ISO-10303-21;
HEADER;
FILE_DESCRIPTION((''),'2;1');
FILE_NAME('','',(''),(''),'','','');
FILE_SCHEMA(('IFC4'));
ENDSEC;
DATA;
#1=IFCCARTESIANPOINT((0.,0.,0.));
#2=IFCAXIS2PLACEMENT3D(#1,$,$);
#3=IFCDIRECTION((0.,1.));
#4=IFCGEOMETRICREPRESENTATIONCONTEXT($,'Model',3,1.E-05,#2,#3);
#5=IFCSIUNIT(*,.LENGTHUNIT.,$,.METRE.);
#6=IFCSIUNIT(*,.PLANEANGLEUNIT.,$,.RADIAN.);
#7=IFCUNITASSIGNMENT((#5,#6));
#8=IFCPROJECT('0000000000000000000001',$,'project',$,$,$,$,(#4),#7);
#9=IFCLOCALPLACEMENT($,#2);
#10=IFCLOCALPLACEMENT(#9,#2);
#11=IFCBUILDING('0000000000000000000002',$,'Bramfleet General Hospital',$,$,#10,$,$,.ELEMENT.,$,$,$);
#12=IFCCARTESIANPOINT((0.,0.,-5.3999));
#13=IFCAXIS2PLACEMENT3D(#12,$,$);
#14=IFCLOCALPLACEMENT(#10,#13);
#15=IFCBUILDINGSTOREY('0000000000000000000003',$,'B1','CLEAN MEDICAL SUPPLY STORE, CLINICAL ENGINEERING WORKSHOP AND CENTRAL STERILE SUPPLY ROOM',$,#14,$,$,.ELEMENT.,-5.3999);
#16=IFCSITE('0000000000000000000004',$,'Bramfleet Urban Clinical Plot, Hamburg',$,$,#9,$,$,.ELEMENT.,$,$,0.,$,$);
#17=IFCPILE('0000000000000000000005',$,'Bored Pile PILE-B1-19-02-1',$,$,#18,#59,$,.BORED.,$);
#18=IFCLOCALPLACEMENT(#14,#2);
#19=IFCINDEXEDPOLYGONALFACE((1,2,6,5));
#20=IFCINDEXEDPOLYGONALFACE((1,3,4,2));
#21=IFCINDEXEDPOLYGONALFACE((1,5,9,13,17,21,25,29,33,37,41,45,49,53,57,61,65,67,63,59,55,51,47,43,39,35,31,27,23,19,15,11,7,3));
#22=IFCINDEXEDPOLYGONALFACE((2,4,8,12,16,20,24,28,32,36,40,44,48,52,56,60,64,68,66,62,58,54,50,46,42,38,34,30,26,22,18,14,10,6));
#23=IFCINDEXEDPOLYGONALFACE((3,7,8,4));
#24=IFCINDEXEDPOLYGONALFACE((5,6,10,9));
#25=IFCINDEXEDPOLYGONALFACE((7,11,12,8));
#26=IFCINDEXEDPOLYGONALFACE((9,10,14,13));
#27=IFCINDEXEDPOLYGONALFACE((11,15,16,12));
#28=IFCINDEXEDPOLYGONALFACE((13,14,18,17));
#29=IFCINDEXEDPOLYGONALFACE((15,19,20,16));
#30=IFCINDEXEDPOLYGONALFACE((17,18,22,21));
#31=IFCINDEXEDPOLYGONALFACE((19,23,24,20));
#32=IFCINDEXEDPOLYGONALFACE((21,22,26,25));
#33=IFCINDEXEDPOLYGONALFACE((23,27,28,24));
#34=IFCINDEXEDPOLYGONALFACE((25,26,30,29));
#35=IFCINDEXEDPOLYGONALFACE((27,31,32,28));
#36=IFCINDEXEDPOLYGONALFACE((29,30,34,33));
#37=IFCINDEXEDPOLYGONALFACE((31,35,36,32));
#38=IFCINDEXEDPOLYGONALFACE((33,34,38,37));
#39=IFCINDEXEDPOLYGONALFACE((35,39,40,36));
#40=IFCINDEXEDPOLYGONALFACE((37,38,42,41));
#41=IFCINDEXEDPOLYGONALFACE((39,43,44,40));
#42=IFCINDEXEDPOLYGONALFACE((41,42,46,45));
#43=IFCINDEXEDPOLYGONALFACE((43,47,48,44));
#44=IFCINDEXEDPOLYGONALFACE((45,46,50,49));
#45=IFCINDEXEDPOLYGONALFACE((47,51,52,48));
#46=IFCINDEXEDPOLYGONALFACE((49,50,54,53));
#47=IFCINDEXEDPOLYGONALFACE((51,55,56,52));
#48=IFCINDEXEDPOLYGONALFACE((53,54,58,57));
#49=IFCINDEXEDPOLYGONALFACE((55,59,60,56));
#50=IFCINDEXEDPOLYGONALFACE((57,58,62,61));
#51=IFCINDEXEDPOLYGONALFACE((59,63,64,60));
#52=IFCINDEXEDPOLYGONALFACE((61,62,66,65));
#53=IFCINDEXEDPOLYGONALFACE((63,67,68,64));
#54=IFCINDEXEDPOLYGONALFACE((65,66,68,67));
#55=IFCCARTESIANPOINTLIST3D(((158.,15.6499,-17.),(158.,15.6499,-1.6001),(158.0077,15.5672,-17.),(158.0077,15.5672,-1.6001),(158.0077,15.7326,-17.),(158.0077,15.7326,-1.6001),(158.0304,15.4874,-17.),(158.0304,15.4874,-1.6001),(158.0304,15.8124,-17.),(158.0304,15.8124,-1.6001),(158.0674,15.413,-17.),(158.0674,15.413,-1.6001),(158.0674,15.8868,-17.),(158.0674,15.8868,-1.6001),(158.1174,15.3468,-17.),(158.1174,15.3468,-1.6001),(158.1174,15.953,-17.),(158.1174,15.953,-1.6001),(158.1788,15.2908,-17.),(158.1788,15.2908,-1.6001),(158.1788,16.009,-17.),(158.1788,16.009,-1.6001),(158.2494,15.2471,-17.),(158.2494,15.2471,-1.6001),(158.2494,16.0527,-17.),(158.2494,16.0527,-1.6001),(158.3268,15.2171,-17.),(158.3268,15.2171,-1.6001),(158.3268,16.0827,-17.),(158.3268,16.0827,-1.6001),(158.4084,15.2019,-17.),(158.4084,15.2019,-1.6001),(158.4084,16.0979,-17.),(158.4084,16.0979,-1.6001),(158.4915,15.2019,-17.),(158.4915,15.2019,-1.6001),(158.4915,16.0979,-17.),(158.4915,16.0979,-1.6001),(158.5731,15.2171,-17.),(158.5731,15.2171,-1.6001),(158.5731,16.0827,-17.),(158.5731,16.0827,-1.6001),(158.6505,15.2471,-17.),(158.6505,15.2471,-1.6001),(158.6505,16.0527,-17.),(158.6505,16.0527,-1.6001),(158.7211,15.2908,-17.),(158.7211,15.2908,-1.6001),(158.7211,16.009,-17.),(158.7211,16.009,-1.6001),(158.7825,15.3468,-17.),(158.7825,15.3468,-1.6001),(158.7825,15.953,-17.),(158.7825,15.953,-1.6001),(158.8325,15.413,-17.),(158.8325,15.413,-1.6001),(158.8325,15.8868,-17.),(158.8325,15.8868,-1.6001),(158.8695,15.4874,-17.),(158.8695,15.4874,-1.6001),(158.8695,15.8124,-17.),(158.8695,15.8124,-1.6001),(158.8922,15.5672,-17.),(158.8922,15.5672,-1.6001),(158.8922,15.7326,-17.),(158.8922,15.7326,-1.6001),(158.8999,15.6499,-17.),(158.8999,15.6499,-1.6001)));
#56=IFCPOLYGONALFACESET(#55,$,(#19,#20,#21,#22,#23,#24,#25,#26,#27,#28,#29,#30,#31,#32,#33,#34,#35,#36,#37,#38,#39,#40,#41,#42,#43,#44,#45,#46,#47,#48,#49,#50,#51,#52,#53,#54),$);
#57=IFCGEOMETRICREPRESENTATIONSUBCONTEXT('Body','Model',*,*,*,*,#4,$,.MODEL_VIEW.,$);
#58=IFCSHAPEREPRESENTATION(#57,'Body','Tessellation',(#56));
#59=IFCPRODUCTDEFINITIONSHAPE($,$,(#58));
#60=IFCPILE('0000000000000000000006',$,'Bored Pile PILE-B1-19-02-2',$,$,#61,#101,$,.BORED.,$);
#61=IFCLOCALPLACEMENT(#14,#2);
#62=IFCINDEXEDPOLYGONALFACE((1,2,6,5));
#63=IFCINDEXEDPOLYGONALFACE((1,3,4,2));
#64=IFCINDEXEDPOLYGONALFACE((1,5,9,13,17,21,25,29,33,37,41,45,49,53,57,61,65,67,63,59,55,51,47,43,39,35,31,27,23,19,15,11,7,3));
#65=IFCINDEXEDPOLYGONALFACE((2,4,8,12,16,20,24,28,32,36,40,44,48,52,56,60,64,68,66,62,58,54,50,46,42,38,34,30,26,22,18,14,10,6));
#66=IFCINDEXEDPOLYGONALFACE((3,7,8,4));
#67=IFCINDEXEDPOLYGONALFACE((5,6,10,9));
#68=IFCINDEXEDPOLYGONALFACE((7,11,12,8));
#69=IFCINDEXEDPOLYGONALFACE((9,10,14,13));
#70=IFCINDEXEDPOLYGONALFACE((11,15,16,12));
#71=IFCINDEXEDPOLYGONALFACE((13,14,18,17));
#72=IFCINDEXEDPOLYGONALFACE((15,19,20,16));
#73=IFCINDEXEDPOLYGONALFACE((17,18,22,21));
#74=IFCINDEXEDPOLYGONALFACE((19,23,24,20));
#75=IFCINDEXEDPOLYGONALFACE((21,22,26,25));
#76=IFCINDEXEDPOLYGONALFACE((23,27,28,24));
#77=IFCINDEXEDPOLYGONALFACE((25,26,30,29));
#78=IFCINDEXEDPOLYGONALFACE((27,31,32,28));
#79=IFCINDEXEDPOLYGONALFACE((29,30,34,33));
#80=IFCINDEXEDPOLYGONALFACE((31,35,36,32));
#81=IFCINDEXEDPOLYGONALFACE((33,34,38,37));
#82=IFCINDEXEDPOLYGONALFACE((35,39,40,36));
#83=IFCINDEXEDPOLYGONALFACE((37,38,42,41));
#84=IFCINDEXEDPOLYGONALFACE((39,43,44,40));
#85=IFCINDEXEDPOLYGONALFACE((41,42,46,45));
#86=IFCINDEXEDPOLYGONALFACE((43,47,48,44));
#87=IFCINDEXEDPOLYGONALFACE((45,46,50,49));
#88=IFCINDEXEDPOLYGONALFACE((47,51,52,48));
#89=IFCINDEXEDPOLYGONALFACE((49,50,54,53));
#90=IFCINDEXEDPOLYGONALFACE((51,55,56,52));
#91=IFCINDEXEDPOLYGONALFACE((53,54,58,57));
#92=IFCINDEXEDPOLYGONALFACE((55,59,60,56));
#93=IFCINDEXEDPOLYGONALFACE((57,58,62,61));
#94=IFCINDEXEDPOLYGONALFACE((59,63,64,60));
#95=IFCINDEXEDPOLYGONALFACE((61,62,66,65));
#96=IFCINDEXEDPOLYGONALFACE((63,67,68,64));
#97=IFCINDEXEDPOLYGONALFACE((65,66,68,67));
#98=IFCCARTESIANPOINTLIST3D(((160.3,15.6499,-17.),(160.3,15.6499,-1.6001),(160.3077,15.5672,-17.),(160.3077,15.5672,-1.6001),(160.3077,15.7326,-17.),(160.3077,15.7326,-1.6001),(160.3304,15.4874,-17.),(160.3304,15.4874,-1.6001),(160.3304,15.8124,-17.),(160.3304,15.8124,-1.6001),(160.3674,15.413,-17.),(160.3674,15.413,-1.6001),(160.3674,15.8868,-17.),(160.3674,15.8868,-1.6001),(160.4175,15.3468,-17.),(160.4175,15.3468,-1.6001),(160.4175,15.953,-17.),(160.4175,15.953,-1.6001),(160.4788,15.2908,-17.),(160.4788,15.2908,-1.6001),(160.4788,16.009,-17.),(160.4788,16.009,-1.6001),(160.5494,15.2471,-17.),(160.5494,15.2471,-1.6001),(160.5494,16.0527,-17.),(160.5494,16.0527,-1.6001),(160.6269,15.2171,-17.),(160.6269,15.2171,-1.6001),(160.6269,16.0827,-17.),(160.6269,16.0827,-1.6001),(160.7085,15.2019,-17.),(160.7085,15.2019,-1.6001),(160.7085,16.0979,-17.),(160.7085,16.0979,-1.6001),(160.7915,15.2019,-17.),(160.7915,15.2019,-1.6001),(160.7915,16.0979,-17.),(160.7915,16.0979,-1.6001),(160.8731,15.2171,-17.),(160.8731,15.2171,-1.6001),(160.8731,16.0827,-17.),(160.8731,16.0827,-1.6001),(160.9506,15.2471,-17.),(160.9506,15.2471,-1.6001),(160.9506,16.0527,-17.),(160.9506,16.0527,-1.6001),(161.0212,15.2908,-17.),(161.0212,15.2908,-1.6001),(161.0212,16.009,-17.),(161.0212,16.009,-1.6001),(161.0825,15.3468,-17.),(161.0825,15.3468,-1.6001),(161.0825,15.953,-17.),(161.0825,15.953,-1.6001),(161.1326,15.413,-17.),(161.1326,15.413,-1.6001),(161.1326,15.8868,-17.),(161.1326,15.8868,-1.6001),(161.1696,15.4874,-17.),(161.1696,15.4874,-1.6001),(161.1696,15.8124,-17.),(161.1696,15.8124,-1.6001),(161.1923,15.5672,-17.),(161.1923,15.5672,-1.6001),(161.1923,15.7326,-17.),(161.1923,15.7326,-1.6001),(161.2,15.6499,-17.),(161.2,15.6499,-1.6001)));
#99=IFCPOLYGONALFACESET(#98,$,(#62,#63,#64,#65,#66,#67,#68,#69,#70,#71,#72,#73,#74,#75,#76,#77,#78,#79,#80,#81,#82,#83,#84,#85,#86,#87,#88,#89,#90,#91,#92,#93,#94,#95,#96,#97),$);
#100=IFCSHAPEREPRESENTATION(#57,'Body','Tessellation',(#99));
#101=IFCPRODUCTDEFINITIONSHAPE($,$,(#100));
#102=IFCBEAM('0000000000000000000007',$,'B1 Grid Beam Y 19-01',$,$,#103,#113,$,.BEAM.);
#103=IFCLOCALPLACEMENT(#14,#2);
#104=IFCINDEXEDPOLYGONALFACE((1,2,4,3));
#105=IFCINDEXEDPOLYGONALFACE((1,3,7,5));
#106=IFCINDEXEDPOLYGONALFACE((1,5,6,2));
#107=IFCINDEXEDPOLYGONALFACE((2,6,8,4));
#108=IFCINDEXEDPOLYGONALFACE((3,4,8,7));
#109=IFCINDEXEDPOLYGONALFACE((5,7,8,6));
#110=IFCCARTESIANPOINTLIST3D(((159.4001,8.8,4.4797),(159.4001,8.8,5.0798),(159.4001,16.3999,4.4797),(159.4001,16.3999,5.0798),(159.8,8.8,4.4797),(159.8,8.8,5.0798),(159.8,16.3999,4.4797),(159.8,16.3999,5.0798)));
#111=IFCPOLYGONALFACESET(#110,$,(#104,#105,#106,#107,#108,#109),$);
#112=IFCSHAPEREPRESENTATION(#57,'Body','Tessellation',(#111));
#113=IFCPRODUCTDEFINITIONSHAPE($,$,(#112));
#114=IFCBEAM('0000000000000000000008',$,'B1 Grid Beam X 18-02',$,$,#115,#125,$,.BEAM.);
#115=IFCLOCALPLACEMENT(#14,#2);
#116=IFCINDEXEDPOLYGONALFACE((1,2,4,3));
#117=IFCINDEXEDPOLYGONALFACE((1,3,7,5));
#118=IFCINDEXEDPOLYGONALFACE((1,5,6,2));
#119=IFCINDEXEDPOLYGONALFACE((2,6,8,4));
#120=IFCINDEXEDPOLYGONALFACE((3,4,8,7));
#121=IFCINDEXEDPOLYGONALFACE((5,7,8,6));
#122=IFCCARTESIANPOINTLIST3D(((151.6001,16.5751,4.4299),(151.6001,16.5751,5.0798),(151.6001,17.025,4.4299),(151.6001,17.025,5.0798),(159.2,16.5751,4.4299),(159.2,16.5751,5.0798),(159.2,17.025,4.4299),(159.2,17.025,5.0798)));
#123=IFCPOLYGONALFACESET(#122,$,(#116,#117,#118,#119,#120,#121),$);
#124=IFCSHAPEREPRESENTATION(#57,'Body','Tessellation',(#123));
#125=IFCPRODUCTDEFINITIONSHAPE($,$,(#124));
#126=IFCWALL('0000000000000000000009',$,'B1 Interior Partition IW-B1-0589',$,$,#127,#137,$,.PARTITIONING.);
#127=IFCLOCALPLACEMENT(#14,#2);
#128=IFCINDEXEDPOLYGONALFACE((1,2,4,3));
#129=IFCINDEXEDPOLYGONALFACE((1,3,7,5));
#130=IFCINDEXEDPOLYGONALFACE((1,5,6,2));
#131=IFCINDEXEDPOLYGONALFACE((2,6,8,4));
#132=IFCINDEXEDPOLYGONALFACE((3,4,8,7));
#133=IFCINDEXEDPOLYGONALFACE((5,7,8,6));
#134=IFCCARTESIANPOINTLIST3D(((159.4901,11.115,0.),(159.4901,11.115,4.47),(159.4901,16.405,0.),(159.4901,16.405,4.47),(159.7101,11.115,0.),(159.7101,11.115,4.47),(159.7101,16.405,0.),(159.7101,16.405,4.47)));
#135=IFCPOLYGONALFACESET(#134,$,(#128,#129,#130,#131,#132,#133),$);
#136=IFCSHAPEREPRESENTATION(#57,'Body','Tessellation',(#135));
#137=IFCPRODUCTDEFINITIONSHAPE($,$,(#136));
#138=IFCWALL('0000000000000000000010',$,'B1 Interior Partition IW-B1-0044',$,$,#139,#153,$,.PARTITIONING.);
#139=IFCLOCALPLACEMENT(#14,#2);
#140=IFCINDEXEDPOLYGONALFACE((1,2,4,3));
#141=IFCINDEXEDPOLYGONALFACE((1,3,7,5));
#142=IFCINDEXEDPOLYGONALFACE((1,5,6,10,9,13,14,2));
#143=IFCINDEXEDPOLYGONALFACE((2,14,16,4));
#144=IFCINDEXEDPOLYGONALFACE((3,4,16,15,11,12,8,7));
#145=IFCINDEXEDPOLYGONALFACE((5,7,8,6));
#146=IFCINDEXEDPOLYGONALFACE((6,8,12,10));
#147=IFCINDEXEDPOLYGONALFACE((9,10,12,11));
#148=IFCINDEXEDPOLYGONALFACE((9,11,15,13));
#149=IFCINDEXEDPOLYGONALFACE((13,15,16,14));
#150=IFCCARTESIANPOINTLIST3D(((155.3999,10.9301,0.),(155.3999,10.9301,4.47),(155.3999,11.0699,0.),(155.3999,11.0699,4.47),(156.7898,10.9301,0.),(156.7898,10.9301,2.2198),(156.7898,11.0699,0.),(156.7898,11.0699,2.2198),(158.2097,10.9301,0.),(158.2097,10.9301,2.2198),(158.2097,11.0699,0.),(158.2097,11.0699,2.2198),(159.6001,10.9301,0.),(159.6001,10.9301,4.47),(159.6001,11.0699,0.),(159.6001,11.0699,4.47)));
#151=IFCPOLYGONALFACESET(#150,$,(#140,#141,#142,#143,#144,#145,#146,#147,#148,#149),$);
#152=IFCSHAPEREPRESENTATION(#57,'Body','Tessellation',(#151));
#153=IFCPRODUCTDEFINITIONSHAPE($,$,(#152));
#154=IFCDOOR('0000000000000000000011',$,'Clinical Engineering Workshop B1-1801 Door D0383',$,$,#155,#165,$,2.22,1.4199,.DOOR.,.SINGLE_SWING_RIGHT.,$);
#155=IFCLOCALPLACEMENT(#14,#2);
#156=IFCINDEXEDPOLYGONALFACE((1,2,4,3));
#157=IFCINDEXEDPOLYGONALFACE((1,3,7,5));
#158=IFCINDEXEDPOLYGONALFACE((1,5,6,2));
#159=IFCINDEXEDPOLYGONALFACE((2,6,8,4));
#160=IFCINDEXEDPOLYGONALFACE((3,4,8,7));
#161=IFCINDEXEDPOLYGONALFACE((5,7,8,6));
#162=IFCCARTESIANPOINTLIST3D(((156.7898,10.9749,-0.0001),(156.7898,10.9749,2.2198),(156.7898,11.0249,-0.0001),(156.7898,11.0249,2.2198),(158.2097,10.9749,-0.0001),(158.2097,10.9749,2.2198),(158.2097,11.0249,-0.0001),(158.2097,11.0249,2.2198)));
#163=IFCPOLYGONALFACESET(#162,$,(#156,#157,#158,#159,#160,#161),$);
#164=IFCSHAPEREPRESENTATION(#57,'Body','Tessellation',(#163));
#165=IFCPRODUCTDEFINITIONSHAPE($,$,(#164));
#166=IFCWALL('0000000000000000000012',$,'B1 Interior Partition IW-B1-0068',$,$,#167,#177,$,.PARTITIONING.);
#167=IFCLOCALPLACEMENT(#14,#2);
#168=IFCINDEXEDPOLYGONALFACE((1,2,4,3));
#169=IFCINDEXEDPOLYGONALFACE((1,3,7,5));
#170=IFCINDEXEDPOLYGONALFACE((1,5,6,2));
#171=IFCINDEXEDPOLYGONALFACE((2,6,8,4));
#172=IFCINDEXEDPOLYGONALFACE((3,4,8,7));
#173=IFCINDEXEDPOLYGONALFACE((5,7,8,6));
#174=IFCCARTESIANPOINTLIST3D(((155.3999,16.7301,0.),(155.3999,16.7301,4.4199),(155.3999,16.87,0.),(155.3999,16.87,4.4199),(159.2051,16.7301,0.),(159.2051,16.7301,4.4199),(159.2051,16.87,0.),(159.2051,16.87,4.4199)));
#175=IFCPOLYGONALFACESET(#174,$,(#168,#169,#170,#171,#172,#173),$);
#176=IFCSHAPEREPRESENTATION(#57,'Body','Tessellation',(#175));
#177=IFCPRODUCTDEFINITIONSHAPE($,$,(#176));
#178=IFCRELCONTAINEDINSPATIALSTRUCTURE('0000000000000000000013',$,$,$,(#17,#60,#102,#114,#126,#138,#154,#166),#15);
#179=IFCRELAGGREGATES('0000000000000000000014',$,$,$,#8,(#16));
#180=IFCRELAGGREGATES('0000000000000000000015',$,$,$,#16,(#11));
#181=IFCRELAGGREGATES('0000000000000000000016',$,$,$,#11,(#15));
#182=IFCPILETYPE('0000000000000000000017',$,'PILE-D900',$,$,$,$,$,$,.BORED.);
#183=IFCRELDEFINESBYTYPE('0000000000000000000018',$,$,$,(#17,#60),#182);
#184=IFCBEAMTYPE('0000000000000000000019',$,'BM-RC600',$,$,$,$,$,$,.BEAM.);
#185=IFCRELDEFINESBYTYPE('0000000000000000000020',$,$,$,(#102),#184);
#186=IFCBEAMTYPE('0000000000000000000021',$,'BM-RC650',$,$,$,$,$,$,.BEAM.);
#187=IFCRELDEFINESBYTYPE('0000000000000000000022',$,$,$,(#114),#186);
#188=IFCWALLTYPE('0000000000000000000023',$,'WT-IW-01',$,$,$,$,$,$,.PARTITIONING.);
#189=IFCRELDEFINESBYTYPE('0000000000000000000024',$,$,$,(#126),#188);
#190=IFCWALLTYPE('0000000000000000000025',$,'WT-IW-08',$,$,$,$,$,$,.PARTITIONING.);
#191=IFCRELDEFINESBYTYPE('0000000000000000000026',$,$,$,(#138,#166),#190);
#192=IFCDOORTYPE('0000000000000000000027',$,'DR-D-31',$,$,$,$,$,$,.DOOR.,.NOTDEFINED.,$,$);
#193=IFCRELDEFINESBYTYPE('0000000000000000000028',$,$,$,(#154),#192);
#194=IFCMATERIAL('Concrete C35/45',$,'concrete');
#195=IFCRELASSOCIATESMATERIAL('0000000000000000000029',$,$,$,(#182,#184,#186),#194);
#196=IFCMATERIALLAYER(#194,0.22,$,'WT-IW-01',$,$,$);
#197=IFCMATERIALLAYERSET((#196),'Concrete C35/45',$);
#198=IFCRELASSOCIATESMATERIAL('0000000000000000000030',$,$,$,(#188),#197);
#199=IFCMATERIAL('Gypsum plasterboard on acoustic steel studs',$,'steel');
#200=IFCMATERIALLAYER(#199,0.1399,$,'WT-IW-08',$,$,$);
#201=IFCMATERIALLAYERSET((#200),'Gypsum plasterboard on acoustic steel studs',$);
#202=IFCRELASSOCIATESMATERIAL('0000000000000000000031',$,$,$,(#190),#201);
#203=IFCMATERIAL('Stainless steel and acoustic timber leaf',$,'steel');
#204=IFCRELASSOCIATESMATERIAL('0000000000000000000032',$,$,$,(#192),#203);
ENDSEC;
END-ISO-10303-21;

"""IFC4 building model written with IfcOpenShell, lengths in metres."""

from ifc_helpers import new_model, si_unit, direction, frame, frame_2d, origin, origin_2d, place, context, subcontext, project, spatial, rectangle, circle, extrude, material, layer, layer_set, material_profile, profile_set, type_object, element, fill, save


model = new_model("IFC4")

# Units and contexts
model_context = context("Model", 3, precision=1e-05, world=origin(), true_north=direction((0.0, 1.0)))
body_context = subcontext(model_context, "Body", "Model", "MODEL_VIEW")
ifc_project = project(units=[si_unit("LENGTHUNIT", "METRE"), si_unit("PLANEANGLEUNIT", "RADIAN")], contexts=[model_context])

# Site, building, storey
site_placement = place(None, origin())
site = spatial("IfcSite", under=ifc_project, at=site_placement, Name="Bramfleet Urban Clinical Plot, Hamburg", CompositionType="ELEMENT", RefElevation=0.0)
building_placement = place(site_placement, origin())
building = spatial("IfcBuilding", under=site, at=building_placement, Name="Bramfleet General Hospital", CompositionType="ELEMENT")
storey_placement = place(building_placement, frame((0.0, 0.0, -5.3999)))
storey = spatial("IfcBuildingStorey", under=building, at=storey_placement, Name="B1", Description="CLEAN MEDICAL SUPPLY STORE, CLINICAL ENGINEERING WORKSHOP AND CENTRAL STERILE SUPPLY ROOM", CompositionType="ELEMENT", Elevation=-5.3999)

# Shared definitions
ifc_material_1 = material(Name="Concrete C35/45", Category="concrete")

# Piles
ifc_material_profile_1 = material_profile(ifc_material_1, circle(Radius=0.45, at=origin_2d()), Name="PILE BORED D900")
ifc_profile_set_1 = profile_set([ifc_material_profile_1], Name="Concrete C35/45")
pile_type = type_object("IfcPileType", Name="PILE-D900", PredefinedType="BORED", material=ifc_profile_set_1)
for number, where, z_axis, x_axis, name in (
    (1, (158.45, 15.6499, -1.6001), (0.0, 0.0, -1.0), (1.0, 0.0, 0.0), "Bored Pile PILE-B1-19-02-1"),
    (2, (160.75, 15.6499, -1.6001), (0.0, 0.0, -1.0), (1.0, 0.0, 0.0), "Bored Pile PILE-B1-19-02-2"),
):
    element("IfcPile", number, at=place(storey_placement, frame(where, z_axis=z_axis, x_axis=x_axis)), inside=storey, type_object=pile_type, Name=name, PredefinedType="BORED", context=body_context, shape_type="SweptSolid", body=[
        extrude(circle(Radius=0.45, at=origin_2d()), origin(), (0.0, 0.0, 1.0), 15.3999),
    ])

# Beams
ifc_material_profile_2 = material_profile(ifc_material_1, rectangle(XDim=0.3999, YDim=0.6001, at=origin_2d()), Name="RC BM 600x400")
ifc_profile_set_2 = profile_set([ifc_material_profile_2], Name="Concrete C35/45")
beam_type_1 = type_object("IfcBeamType", Name="BM-RC600", PredefinedType="BEAM", material=ifc_profile_set_2)
beam_1_placement = place(storey_placement, frame((159.6001, 8.8, 4.7798), z_axis=(0.0, 1.0, 0.0), x_axis=(-1.0, 0.0, 0.0)))
element("IfcBeam", 3, at=beam_1_placement, inside=storey, type_object=beam_type_1, Name="B1 Grid Beam Y 19-01", PredefinedType="BEAM", context=body_context, shape_type="SweptSolid", body=[
    extrude(rectangle(XDim=0.3999, YDim=0.6001, at=origin_2d()), origin(), (0.0, 0.0, 1.0), 7.5999),
])
ifc_material_profile_3 = material_profile(ifc_material_1, rectangle(XDim=0.45, YDim=0.6499, at=origin_2d()), Name="RC BM 650x450")
ifc_profile_set_3 = profile_set([ifc_material_profile_3], Name="Concrete C35/45")
beam_type_2 = type_object("IfcBeamType", Name="BM-RC650", PredefinedType="BEAM", material=ifc_profile_set_3)
beam_2_placement = place(storey_placement, frame((151.6001, 16.8, 4.7549), z_axis=(1.0, 0.0, 0.0), x_axis=(0.0, 1.0, 0.0)))
element("IfcBeam", 4, at=beam_2_placement, inside=storey, type_object=beam_type_2, Name="B1 Grid Beam X 18-02", PredefinedType="BEAM", context=body_context, shape_type="SweptSolid", body=[
    extrude(rectangle(XDim=0.45, YDim=0.6499, at=origin_2d()), origin(), (0.0, 0.0, 1.0), 7.5999),
])

# Wall
ifc_layer_1 = layer(ifc_material_1, 0.22, Name="WT-IW-01")
ifc_layer_set_1 = layer_set([ifc_layer_1], Name="Concrete C35/45")
wall_type_1 = type_object("IfcWallType", Name="WT-IW-01", PredefinedType="PARTITIONING", material=ifc_layer_set_1)
wall_1_placement = place(storey_placement, frame((159.6001, 11.115, 0.0), z_axis=(0.0, 0.0, 1.0), x_axis=(0.0, 1.0, 0.0)))
element("IfcWall", 5, at=wall_1_placement, inside=storey, type_object=wall_type_1, Name="B1 Interior Partition IW-B1-0589", PredefinedType="PARTITIONING", context=body_context, shape_type="SweptSolid", body=[
    extrude(rectangle(XDim=5.29, YDim=0.22, at=frame_2d((2.645, 0.0))), origin(), (0.0, 0.0, 1.0), 4.47),
])
ifc_material_2 = material(Name="Gypsum plasterboard on acoustic steel studs", Category="steel")

# Wall, opening, door
ifc_layer_2 = layer(ifc_material_2, 0.1399, Name="WT-IW-08")
ifc_layer_set_2 = layer_set([ifc_layer_2], Name="Gypsum plasterboard on acoustic steel studs")
wall_type_2 = type_object("IfcWallType", Name="WT-IW-08", PredefinedType="PARTITIONING", material=ifc_layer_set_2)
wall_2_placement = place(storey_placement, frame((155.3999, 11.0, 0.0), z_axis=(0.0, 0.0, 1.0), x_axis=(1.0, 0.0, 0.0)))
wall_2 = element("IfcWall", 6, at=wall_2_placement, inside=storey, type_object=wall_type_2, Name="B1 Interior Partition IW-B1-0044", PredefinedType="PARTITIONING", context=body_context, shape_type="SweptSolid", body=[
    extrude(rectangle(XDim=4.2002, YDim=0.1399, at=frame_2d((2.1001, 0.0))), origin(), (0.0, 0.0, 1.0), 4.47),
])
opening_1_placement = place(wall_2_placement, frame((1.3899, 0.0, 0.0)))
opening_1 = element("IfcOpeningElement", 7, at=opening_1_placement, cuts=wall_2, PredefinedType="OPENING", context=body_context, shape_type="SweptSolid", body=[
    extrude(rectangle(XDim=1.4199, YDim=2.22, at=frame_2d((0.71, 1.1099))), frame((0.0, 0.0798, 0.0), z_axis=(0.0, -1.0, 0.0), x_axis=(1.0, 0.0, 0.0)), (0.0, 0.0, 1.0), 0.1599),
])
ifc_material_3 = material(Name="Stainless steel and acoustic timber leaf", Category="steel")
door_type_1 = type_object("IfcDoorType", Name="DR-D-31", OperationType="NOTDEFINED", PredefinedType="DOOR", material=ifc_material_3)
door_1_placement = place(opening_1_placement, origin())
door_1 = element("IfcDoor", 8, at=door_1_placement, inside=storey, type_object=door_type_1, Name="Clinical Engineering Workshop B1-1801 Door D0383", OperationType="SINGLE_SWING_RIGHT", OverallHeight=2.22, OverallWidth=1.4199, PredefinedType="DOOR", context=body_context, shape_type="SweptSolid", body=[
    extrude(rectangle(XDim=1.4199, YDim=2.22, at=frame_2d((0.71, 1.1099))), frame((0.0, 0.0249, 0.0), z_axis=(0.0, -1.0, 0.0), x_axis=(1.0, 0.0, 0.0)), (0.0, 0.0, 1.0), 0.05),
])
fill(opening_1, door_1)

# Wall
wall_3_placement = place(storey_placement, frame((155.3999, 16.8, 0.0), z_axis=(0.0, 0.0, 1.0), x_axis=(1.0, 0.0, 0.0)))
element("IfcWall", 9, at=wall_3_placement, inside=storey, type_object=wall_type_2, Name="B1 Interior Partition IW-B1-0068", PredefinedType="PARTITIONING", context=body_context, shape_type="SweptSolid", body=[
    extrude(rectangle(XDim=3.8052, YDim=0.1399, at=frame_2d((1.9026, 0.0))), origin(), (0.0, 0.0, 1.0), 4.4199),
])

save(model, "model.ifc")
